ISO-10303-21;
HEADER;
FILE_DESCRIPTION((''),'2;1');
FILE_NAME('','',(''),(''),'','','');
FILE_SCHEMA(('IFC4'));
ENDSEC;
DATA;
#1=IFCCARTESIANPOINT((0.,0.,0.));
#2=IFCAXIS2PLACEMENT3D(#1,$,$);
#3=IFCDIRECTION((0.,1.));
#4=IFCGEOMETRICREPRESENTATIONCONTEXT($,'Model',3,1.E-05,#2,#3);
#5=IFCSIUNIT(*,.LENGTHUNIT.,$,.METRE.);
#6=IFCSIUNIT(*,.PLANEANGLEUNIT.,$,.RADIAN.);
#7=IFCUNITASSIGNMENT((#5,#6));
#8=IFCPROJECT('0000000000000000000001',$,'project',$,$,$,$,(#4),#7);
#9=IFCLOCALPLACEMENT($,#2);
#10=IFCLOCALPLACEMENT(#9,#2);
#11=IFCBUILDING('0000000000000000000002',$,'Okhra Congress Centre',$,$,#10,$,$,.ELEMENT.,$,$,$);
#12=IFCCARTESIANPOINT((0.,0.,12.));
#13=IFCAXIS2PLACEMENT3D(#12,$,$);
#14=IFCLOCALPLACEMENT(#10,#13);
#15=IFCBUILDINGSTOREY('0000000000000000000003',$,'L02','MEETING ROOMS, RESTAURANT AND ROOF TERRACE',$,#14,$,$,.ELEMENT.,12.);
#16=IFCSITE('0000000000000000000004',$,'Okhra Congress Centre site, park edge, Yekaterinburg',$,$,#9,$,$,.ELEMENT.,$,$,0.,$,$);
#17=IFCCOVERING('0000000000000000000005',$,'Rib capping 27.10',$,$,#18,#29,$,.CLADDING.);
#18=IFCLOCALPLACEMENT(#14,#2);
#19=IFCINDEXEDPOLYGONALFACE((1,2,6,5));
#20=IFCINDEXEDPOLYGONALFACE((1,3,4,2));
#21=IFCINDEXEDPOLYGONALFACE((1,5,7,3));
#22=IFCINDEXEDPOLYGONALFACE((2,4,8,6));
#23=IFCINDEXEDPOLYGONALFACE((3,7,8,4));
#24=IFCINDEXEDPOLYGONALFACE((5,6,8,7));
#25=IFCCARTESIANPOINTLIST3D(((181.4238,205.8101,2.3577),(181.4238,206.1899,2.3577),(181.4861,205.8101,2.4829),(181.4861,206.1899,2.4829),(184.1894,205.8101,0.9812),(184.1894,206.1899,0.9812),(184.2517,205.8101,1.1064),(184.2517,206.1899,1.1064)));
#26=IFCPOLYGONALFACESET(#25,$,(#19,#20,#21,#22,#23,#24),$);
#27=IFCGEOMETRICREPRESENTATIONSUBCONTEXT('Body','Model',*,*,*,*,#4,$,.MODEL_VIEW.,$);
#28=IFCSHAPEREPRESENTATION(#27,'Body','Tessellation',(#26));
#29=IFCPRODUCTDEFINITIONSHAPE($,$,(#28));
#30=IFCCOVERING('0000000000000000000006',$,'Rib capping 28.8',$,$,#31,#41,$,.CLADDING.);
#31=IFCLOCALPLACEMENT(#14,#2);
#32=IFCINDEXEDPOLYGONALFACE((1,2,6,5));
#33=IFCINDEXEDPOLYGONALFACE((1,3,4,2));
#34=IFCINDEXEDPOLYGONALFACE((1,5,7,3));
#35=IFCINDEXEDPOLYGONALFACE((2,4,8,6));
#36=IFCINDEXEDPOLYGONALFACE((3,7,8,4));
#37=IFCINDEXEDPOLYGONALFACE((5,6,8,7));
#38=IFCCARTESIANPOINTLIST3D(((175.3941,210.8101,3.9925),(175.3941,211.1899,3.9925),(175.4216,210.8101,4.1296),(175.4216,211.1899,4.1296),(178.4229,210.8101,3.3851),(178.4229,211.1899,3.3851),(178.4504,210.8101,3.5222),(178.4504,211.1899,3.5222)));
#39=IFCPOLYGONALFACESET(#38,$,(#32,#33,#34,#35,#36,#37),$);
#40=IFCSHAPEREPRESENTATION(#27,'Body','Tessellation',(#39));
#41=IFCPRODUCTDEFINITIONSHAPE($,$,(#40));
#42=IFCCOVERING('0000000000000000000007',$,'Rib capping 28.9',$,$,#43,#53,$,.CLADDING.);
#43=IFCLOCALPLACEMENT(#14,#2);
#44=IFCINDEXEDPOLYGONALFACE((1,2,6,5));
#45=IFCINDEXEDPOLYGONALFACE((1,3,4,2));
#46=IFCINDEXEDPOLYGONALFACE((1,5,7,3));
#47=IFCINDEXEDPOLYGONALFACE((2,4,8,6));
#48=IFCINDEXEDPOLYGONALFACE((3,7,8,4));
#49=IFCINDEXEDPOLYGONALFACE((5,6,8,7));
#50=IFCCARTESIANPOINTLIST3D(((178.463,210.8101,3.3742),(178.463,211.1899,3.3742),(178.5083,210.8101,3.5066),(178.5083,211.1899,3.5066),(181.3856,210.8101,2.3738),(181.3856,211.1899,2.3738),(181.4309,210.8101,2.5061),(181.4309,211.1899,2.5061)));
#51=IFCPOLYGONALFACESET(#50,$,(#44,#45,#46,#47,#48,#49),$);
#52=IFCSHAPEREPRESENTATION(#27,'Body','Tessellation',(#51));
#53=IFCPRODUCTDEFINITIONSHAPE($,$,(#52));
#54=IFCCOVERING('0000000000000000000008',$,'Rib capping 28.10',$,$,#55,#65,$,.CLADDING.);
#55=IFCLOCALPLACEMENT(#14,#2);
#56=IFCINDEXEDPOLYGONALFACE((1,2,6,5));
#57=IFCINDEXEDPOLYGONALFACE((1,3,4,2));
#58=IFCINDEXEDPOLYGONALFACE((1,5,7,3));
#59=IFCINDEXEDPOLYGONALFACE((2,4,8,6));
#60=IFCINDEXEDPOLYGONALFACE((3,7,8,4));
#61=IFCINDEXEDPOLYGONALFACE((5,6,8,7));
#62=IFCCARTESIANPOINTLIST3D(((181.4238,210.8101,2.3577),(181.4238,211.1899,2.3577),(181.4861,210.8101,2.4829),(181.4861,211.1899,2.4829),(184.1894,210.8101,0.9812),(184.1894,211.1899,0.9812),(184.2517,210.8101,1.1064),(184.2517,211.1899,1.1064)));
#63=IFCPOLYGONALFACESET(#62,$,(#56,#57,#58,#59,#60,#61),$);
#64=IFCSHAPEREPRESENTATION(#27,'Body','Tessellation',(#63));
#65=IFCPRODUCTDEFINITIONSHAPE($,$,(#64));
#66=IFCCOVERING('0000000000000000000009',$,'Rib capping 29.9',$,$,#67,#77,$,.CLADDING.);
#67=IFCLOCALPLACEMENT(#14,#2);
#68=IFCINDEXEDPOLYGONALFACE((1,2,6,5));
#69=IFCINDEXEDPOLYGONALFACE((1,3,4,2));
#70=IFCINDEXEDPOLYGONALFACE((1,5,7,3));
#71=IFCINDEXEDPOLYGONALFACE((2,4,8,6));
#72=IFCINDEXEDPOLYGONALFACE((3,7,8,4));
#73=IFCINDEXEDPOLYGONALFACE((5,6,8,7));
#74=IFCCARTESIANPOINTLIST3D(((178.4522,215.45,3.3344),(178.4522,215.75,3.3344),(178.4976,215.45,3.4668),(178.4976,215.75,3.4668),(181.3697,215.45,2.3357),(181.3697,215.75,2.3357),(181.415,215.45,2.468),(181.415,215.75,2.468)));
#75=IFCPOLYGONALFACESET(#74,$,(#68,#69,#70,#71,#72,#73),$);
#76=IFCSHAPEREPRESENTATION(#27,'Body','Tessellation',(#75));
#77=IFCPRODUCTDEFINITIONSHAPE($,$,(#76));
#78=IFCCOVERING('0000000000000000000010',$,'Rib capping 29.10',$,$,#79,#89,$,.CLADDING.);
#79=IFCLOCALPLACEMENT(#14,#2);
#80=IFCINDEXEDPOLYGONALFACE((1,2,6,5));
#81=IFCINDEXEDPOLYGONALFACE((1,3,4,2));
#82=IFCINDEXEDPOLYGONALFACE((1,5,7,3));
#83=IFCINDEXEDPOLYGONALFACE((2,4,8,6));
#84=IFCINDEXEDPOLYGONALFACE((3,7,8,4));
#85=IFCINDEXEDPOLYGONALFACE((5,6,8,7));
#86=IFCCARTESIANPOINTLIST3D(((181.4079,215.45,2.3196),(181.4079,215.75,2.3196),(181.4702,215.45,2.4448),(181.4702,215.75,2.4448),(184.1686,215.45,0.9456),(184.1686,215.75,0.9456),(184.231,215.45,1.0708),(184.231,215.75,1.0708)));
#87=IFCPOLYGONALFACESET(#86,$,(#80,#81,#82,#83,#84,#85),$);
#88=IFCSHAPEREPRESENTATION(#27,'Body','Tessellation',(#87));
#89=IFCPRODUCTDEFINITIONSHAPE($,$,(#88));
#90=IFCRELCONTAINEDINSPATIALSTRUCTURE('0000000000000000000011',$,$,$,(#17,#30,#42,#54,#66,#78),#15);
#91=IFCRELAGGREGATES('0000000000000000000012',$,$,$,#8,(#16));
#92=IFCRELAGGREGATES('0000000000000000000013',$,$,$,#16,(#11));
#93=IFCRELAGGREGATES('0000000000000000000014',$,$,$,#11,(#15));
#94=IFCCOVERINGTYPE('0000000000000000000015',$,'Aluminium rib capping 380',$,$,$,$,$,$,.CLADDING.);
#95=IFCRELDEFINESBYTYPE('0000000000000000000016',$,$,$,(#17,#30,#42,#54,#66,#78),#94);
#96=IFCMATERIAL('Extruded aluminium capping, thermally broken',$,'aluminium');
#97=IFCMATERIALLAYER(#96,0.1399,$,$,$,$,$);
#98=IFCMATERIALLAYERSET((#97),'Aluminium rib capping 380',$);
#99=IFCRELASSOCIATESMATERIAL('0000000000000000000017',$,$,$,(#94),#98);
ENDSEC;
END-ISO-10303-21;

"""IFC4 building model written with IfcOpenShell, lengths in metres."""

from ifc_helpers import new_model, si_unit, direction, frame, origin, place, context, subcontext, project, spatial, polyline, outline, extrude, material, layer, layer_set, type_object, element, save


model = new_model("IFC4")

# Units and contexts
model_context = context("Model", 3, precision=1e-05, world=origin(), true_north=direction((0.0, 1.0)))
body_context = subcontext(model_context, "Body", "Model", "MODEL_VIEW")
ifc_project = project(units=[si_unit("LENGTHUNIT", "METRE"), si_unit("PLANEANGLEUNIT", "RADIAN")], contexts=[model_context])

# Site, building, storey
site_placement = place(None, origin())
site = spatial("IfcSite", under=ifc_project, at=site_placement, Name="Okhra Congress Centre site, park edge, Yekaterinburg", CompositionType="ELEMENT", RefElevation=0.0)
building_placement = place(site_placement, origin())
building = spatial("IfcBuilding", under=site, at=building_placement, Name="Okhra Congress Centre", CompositionType="ELEMENT")
storey_placement = place(building_placement, frame((0.0, 0.0, 12.0)))
storey = spatial("IfcBuildingStorey", under=building, at=storey_placement, Name="L02", Description="MEETING ROOMS, RESTAURANT AND ROOF TERRACE", CompositionType="ELEMENT", Elevation=12.0)

# Coverings
ifc_material_1 = material(Name="Extruded aluminium capping, thermally broken", Category="aluminium")
ifc_layer_1 = layer(ifc_material_1, 0.1399)
ifc_layer_set_1 = layer_set([ifc_layer_1], Name="Aluminium rib capping 380")
covering_type = type_object("IfcCoveringType", Name="Aluminium rib capping 380", PredefinedType="CLADDING", material=ifc_layer_set_1)
covering_1_placement = place(storey_placement, frame((181.4861, 205.8101, 2.4829), z_axis=(0.445569, 0.0, 0.895248), x_axis=(0.895248, 0.0, -0.445569)))
element("IfcCovering", 1, at=covering_1_placement, inside=storey, type_object=covering_type, Name="Rib capping 27.10", PredefinedType="CLADDING", context=body_context, shape_type="SweptSolid", body=[
    extrude(outline(polyline([(0.0, 0.0), (3.0892, 0.0), (3.0892, 0.3799), (0.0, 0.3799), (0.0, 0.0)])), origin(), (0.0, 0.0, -1.0), 0.1399),
])
covering_2_placement = place(storey_placement, frame((175.4216, 210.8101, 4.1296), z_axis=(0.196633, 0.0, 0.980477), x_axis=(0.980477, 0.0, -0.196633)))
element("IfcCovering", 2, at=covering_2_placement, inside=storey, type_object=covering_type, Name="Rib capping 28.8", PredefinedType="CLADDING", context=body_context, shape_type="SweptSolid", body=[
    extrude(outline(polyline([(0.0, 0.0), (3.0891, 0.0), (3.0891, 0.3799), (0.0, 0.3799), (0.0, 0.0)])), origin(), (0.0, 0.0, -1.0), 0.1399),
])
covering_3_placement = place(storey_placement, frame((178.5083, 210.8101, 3.5066), z_axis=(0.323876, 0.0, 0.9461), x_axis=(0.9461, 0.0, -0.323876)))
element("IfcCovering", 3, at=covering_3_placement, inside=storey, type_object=covering_type, Name="Rib capping 28.9", PredefinedType="CLADDING", context=body_context, shape_type="SweptSolid", body=[
    extrude(outline(polyline([(0.0, 0.0), (3.0891, 0.0), (3.0891, 0.3799), (0.0, 0.3799), (0.0, 0.0)])), origin(), (0.0, 0.0, -1.0), 0.1399),
])
covering_4_placement = place(storey_placement, frame((181.4861, 210.8101, 2.4829), z_axis=(0.445569, 0.0, 0.895248), x_axis=(0.895248, 0.0, -0.445569)))
element("IfcCovering", 4, at=covering_4_placement, inside=storey, type_object=covering_type, Name="Rib capping 28.10", PredefinedType="CLADDING", context=body_context, shape_type="SweptSolid", body=[
    extrude(outline(polyline([(0.0, 0.0), (3.0892, 0.0), (3.0892, 0.3799), (0.0, 0.3799), (0.0, 0.0)])), origin(), (0.0, 0.0, -1.0), 0.1399),
])
covering_5_placement = place(storey_placement, frame((178.4976, 215.45, 3.4668), z_axis=(0.323889, 0.0, 0.946095), x_axis=(0.946095, 0.0, -0.323889)))
element("IfcCovering", 5, at=covering_5_placement, inside=storey, type_object=covering_type, Name="Rib capping 29.9", PredefinedType="CLADDING", context=body_context, shape_type="SweptSolid", body=[
    extrude(outline(polyline([(0.0, 0.0), (3.0837, 0.0), (3.0837, 0.3), (0.0, 0.3), (0.0, 0.0)])), origin(), (0.0, 0.0, -1.0), 0.1399),
])
covering_6_placement = place(storey_placement, frame((181.4702, 215.45, 2.4448), z_axis=(0.445566, 0.0, 0.895249), x_axis=(0.895249, 0.0, -0.445566)))
element("IfcCovering", 6, at=covering_6_placement, inside=storey, type_object=covering_type, Name="Rib capping 29.10", PredefinedType="CLADDING", context=body_context, shape_type="SweptSolid", body=[
    extrude(outline(polyline([(0.0, 0.0), (3.0838, 0.0), (3.0838, 0.3), (0.0, 0.3), (0.0, 0.0)])), origin(), (0.0, 0.0, -1.0), 0.1399),
])

save(model, "model.ifc")
